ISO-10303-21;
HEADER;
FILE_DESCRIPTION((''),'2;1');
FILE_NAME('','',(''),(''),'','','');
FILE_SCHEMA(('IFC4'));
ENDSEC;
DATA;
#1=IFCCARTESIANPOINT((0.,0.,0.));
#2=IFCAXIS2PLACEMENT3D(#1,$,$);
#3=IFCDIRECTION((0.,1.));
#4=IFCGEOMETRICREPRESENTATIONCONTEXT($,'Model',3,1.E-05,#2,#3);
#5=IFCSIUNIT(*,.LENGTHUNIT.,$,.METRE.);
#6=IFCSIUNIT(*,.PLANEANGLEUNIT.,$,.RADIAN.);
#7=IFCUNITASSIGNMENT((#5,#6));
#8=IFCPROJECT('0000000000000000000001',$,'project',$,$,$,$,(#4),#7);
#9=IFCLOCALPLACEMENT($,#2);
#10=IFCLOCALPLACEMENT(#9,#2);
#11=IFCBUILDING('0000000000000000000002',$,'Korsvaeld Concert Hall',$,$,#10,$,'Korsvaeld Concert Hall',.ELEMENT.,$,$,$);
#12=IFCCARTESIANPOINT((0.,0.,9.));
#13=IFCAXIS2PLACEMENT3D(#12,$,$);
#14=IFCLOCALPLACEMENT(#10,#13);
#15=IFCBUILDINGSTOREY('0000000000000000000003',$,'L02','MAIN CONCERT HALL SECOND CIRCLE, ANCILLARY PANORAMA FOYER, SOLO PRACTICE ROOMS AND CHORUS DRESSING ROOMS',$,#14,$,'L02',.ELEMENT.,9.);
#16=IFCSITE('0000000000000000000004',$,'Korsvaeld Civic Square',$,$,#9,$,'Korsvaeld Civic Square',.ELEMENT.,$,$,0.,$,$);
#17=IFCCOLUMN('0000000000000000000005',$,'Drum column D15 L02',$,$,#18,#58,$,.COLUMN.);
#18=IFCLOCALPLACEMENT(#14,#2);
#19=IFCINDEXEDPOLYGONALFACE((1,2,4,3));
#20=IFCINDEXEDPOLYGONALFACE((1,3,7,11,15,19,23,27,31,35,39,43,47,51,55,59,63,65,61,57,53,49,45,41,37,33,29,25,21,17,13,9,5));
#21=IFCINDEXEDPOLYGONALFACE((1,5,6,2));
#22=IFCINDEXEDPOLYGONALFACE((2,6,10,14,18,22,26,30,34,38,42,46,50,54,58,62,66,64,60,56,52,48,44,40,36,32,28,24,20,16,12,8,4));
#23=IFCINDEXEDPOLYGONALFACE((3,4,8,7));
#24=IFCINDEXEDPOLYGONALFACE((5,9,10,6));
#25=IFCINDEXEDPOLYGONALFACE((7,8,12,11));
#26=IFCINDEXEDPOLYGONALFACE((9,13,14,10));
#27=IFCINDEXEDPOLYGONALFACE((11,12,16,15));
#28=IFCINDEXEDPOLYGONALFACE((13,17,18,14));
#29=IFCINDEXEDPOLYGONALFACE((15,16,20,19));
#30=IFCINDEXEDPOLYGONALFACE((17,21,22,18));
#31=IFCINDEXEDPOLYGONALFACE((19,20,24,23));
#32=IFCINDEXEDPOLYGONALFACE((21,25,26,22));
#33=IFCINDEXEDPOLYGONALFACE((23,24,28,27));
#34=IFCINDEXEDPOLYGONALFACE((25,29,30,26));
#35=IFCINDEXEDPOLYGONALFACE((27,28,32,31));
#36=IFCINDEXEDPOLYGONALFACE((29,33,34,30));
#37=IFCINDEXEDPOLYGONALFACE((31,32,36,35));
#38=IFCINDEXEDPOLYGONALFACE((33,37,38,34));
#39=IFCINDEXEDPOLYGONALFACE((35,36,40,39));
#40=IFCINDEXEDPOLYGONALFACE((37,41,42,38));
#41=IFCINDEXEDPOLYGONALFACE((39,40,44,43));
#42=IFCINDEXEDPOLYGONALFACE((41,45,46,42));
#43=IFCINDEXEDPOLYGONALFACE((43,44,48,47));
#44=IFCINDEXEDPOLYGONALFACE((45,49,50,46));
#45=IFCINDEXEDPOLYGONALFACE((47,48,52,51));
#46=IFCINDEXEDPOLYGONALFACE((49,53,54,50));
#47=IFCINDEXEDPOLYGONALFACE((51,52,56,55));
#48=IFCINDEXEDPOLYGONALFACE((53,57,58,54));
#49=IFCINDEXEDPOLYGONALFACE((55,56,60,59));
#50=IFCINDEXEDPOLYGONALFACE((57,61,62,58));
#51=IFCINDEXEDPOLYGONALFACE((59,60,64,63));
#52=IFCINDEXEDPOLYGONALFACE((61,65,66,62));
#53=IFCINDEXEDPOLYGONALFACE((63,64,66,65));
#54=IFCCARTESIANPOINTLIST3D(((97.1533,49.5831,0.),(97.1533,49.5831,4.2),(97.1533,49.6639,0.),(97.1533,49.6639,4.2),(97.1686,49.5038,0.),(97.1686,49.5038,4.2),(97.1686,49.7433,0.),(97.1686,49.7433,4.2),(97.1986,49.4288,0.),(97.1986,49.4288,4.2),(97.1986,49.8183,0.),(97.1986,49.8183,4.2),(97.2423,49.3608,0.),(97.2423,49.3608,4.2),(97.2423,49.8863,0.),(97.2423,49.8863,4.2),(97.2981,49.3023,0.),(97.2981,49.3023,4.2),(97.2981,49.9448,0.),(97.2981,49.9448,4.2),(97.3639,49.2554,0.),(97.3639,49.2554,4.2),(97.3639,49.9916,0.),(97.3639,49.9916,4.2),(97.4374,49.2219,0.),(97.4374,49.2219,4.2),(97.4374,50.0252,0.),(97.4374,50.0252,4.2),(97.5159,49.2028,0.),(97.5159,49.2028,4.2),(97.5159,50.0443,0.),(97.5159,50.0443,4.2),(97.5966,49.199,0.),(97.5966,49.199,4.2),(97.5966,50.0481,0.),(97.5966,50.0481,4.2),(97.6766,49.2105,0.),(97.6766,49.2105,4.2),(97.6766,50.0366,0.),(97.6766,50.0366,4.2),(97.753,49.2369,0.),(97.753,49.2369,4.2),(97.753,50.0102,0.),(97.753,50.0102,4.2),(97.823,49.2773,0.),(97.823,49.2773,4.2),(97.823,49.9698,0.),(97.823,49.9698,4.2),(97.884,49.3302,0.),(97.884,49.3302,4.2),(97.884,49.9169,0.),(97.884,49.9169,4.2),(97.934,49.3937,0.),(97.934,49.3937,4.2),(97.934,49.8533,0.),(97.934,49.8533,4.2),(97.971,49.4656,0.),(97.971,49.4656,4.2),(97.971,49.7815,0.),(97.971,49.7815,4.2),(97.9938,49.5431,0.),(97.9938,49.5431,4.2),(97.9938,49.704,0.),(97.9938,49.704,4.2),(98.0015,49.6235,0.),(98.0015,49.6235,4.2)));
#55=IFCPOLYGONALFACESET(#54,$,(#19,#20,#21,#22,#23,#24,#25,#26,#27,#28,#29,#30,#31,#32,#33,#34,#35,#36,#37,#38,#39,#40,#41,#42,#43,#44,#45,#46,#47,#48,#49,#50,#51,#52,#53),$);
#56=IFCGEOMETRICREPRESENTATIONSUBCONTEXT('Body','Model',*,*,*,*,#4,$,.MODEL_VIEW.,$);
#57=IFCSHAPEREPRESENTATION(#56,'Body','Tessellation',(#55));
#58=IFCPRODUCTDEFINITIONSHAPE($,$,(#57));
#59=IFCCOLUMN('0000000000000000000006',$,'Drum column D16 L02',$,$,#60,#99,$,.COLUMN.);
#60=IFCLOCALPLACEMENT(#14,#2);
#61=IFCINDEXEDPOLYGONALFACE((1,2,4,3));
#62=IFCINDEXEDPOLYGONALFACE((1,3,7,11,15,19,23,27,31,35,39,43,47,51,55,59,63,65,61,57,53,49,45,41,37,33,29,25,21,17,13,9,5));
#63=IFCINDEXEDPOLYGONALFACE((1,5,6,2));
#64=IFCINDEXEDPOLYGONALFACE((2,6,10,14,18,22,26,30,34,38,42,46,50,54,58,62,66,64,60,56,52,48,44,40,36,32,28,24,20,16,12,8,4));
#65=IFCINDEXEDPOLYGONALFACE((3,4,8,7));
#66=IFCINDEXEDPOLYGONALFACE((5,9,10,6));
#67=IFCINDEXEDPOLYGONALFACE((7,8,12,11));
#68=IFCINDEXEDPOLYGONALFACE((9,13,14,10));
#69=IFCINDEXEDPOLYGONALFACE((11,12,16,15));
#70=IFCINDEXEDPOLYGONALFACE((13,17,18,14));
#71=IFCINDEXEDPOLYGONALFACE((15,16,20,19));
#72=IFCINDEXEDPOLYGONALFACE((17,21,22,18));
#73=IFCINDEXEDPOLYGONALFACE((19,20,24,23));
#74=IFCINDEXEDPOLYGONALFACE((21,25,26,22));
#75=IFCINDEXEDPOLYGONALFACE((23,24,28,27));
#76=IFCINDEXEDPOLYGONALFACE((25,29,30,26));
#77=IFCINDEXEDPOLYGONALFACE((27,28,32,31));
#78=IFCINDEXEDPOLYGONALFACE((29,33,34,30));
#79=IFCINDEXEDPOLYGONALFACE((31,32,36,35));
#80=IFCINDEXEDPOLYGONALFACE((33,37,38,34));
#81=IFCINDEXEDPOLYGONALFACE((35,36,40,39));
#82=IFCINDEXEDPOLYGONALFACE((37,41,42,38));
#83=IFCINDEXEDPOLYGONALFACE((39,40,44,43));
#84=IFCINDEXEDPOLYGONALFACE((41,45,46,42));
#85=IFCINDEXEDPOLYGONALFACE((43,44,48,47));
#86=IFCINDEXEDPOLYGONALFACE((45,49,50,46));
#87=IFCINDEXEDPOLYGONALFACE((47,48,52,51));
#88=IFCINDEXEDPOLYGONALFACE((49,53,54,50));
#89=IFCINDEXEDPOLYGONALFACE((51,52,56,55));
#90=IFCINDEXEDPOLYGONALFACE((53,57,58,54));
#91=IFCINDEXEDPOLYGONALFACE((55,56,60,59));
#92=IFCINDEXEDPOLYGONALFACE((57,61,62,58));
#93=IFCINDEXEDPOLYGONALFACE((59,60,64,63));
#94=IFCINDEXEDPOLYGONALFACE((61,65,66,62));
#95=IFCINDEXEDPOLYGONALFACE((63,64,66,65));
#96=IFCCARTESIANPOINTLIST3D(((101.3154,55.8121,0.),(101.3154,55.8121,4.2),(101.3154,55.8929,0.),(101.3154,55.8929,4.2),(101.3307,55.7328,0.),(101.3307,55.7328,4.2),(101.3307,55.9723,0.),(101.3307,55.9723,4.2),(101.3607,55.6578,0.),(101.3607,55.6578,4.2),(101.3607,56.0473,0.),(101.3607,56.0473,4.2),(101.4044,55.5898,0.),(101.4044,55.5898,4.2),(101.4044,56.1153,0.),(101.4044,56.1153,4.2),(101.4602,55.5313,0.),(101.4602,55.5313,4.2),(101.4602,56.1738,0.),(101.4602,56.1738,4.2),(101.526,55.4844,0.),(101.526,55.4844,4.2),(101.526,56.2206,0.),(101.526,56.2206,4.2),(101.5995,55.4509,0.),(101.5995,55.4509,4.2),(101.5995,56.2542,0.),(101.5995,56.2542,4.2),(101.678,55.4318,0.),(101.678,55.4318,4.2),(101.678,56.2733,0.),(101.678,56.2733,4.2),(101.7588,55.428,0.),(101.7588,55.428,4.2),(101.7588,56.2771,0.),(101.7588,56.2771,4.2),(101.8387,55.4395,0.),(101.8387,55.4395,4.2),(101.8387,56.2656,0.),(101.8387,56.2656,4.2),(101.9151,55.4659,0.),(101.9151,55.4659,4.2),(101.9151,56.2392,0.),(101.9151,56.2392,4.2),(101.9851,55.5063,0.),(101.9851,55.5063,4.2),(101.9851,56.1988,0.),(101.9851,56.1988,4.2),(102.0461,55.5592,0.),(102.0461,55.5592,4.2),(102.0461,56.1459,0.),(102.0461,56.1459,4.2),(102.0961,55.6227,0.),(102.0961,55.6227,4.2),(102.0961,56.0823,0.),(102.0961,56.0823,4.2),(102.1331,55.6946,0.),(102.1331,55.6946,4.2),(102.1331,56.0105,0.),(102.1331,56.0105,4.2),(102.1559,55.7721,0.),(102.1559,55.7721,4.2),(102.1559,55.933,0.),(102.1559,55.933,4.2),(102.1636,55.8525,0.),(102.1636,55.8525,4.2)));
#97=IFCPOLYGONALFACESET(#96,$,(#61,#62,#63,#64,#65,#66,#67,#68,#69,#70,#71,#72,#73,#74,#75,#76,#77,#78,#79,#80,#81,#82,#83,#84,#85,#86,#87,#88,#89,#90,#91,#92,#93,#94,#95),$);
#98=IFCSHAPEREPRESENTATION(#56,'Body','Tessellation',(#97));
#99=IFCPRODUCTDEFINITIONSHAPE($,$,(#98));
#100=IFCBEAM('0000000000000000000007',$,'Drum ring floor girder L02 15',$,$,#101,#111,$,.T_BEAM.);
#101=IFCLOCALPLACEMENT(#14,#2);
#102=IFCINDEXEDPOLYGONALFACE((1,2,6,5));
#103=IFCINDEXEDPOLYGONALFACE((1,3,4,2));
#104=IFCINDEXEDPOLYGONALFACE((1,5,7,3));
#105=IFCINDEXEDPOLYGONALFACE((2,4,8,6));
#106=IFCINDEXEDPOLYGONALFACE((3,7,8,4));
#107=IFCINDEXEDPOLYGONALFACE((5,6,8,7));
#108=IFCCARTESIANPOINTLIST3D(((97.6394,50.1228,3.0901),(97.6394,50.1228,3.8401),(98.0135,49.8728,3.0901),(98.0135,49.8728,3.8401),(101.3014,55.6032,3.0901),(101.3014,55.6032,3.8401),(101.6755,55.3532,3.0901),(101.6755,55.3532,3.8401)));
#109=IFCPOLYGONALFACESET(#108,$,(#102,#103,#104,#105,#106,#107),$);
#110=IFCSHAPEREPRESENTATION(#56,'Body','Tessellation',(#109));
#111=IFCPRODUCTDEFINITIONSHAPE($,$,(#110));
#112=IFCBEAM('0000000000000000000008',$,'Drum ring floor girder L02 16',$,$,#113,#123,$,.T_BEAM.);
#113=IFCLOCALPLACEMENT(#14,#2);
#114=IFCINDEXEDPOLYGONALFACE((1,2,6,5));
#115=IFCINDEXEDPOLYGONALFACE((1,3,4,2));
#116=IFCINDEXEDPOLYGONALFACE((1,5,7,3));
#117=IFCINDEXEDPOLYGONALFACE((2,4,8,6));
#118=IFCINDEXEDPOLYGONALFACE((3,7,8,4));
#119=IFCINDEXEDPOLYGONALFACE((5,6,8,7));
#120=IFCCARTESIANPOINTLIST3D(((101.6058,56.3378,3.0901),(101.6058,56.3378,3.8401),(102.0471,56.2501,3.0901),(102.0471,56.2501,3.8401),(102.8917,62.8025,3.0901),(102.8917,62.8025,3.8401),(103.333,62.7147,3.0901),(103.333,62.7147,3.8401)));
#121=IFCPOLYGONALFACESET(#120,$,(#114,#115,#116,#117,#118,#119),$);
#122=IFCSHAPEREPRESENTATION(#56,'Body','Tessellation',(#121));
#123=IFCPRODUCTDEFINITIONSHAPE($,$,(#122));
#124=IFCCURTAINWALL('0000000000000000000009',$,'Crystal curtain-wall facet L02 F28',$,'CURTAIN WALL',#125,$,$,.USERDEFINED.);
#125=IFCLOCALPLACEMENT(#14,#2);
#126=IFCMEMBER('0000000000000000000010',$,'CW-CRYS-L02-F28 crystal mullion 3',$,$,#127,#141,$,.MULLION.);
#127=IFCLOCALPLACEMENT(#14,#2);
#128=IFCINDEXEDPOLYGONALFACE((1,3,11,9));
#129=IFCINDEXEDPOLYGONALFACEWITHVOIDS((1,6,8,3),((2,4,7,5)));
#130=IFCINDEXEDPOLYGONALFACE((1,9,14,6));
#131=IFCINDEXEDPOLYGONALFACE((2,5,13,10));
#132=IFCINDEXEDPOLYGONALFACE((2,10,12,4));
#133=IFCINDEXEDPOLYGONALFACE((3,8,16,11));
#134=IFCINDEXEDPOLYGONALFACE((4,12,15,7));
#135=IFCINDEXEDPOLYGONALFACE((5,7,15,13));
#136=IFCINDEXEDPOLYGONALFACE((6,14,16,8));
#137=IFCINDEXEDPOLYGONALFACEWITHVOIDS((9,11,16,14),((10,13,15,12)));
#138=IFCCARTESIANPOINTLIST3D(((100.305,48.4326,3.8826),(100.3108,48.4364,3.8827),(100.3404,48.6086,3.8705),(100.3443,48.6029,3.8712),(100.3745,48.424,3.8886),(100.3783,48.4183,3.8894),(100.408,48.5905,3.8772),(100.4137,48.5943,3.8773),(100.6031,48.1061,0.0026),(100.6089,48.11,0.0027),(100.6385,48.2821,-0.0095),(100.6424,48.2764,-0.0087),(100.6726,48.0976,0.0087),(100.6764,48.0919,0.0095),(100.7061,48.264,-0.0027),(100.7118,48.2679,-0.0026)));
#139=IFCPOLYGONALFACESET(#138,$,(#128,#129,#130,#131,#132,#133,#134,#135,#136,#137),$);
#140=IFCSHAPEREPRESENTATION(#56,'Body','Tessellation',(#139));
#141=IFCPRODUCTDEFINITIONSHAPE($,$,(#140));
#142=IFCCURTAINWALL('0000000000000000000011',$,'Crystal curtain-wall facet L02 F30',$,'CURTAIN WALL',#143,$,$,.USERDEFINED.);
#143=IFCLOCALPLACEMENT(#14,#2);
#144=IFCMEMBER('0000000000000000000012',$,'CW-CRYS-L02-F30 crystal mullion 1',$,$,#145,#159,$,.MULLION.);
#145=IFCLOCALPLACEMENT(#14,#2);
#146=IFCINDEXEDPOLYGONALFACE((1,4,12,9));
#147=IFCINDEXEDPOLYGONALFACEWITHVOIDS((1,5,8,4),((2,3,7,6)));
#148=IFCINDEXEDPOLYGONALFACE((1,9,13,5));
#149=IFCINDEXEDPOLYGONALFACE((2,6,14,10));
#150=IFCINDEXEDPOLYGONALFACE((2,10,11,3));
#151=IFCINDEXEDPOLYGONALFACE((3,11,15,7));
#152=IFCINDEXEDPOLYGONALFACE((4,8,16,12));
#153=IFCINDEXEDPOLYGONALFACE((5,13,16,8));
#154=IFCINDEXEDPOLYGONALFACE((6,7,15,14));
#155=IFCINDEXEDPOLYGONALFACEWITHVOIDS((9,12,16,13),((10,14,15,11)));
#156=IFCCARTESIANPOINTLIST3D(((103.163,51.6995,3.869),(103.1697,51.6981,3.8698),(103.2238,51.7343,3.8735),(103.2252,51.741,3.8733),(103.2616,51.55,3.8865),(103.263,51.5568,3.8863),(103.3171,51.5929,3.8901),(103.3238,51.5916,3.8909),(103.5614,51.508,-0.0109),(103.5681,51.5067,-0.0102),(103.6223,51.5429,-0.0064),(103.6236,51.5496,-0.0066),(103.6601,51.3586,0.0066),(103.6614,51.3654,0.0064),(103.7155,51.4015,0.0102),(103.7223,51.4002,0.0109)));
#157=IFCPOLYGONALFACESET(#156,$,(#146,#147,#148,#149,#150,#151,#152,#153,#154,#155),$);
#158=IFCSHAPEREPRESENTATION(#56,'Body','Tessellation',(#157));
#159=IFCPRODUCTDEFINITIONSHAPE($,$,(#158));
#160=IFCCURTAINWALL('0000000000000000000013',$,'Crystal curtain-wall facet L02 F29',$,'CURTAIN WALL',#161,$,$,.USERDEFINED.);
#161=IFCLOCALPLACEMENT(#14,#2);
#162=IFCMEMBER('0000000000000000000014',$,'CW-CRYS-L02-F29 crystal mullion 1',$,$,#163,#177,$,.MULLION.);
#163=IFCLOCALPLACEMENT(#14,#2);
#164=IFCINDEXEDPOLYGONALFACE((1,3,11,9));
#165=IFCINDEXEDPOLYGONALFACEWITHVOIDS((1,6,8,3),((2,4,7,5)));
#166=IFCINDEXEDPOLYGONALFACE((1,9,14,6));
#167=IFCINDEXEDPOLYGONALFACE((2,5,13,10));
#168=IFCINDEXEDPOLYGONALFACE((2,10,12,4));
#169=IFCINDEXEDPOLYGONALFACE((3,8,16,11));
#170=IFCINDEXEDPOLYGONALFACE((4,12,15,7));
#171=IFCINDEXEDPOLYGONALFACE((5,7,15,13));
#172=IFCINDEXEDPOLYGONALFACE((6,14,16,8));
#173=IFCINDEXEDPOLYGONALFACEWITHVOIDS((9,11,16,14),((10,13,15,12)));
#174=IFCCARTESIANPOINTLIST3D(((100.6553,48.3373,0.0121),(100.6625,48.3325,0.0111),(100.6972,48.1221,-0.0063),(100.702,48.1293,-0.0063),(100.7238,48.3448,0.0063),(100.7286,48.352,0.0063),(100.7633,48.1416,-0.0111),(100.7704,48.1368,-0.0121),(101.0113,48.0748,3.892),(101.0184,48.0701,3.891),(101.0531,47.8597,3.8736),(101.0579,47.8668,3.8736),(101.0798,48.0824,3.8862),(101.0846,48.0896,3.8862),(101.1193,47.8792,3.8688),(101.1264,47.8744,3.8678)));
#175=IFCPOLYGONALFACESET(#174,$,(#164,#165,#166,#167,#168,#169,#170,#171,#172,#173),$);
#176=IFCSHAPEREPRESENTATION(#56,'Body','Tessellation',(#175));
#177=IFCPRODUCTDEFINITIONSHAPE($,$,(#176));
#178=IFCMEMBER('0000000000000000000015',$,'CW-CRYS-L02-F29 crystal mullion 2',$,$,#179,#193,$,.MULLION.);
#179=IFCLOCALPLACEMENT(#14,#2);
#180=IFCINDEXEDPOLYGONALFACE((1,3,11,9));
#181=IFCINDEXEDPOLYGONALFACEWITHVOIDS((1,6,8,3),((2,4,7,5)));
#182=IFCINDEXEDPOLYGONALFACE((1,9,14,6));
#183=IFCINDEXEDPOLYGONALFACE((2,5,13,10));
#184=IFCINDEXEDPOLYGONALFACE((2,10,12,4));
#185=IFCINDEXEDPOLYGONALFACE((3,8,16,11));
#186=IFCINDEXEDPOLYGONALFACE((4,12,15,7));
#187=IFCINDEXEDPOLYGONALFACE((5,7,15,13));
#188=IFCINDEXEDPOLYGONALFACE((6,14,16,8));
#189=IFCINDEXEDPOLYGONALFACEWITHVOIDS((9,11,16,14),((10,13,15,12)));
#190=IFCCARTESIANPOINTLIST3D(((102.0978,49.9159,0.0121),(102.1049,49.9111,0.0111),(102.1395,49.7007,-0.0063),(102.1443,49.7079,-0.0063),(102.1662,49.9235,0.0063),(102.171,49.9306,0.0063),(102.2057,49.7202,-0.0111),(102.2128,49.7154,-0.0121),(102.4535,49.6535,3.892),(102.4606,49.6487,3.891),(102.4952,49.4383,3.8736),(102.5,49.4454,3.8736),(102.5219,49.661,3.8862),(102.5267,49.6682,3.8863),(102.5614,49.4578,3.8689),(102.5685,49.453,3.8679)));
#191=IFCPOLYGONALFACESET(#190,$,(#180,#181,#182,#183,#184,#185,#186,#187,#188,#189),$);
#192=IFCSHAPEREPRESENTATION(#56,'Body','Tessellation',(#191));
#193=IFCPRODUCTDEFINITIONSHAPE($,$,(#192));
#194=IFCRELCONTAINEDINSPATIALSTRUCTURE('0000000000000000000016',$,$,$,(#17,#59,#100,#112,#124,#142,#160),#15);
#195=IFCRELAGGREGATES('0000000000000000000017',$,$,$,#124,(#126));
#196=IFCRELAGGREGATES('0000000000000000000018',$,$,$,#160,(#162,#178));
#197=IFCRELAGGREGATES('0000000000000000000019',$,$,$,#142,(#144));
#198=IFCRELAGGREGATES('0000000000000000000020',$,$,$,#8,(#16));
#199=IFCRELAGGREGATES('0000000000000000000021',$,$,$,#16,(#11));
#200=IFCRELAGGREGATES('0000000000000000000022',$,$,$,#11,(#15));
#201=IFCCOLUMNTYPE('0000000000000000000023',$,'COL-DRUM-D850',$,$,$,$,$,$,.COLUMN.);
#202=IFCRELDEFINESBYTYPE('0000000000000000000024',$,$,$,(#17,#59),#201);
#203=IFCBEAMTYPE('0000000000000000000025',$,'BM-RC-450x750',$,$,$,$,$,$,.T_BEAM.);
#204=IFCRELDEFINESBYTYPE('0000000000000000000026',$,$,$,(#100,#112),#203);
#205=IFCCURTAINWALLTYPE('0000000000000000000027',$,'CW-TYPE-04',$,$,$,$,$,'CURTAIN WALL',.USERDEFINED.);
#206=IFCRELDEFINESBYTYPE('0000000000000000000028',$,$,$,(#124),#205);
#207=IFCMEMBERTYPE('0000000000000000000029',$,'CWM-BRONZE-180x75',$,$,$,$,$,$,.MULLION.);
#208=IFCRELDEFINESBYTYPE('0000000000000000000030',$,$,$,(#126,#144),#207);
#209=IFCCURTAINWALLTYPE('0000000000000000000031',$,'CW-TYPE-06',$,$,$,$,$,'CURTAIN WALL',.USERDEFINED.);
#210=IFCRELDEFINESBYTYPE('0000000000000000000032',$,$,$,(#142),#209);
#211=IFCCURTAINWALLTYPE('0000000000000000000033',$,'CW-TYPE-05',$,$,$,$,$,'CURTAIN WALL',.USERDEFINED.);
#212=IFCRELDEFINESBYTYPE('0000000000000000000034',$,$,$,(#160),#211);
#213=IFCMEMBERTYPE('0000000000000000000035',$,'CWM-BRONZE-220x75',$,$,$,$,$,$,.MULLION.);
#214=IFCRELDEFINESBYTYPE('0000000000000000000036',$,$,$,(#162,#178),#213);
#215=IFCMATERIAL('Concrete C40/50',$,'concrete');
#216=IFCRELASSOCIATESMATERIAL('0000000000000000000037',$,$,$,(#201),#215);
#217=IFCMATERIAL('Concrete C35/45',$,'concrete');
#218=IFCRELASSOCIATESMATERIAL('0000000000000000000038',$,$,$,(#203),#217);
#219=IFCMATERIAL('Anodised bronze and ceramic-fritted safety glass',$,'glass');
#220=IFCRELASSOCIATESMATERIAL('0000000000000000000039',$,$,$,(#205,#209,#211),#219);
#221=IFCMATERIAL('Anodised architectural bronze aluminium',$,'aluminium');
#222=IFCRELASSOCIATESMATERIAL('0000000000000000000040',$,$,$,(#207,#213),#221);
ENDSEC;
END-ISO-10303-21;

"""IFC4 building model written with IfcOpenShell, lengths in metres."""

from ifc_helpers import new_model, si_unit, direction, frame, origin, origin_2d, place, context, subcontext, project, spatial, rectangle, hollow_rectangle, circle, extrude, material, material_profile, profile_set, type_object, element, aggregate, save


model = new_model("IFC4")

# Units and contexts
model_context = context("Model", 3, precision=1e-05, world=origin(), true_north=direction((0.0, 1.0)))
body_context = subcontext(model_context, "Body", "Model", "MODEL_VIEW")
ifc_project = project(units=[si_unit("LENGTHUNIT", "METRE"), si_unit("PLANEANGLEUNIT", "RADIAN")], contexts=[model_context])

# Site, building, storey
site_placement = place(None, origin())
site = spatial("IfcSite", under=ifc_project, at=site_placement, Name="Korsvaeld Civic Square", LongName="Korsvaeld Civic Square", CompositionType="ELEMENT", RefElevation=0.0)
building_placement = place(site_placement, origin())
building = spatial("IfcBuilding", under=site, at=building_placement, Name="Korsvaeld Concert Hall", LongName="Korsvaeld Concert Hall", CompositionType="ELEMENT")
storey_placement = place(building_placement, frame((0.0, 0.0, 9.0)))
storey = spatial("IfcBuildingStorey", under=building, at=storey_placement, Name="L02", Description="MAIN CONCERT HALL SECOND CIRCLE, ANCILLARY PANORAMA FOYER, SOLO PRACTICE ROOMS AND CHORUS DRESSING ROOMS", LongName="L02", CompositionType="ELEMENT", Elevation=9.0)

# Columns
ifc_material_1 = material(Name="Concrete C40/50", Category="concrete")
ifc_material_profile_1 = material_profile(ifc_material_1, circle(Radius=0.425, at=origin_2d()), Name="RC D850")
ifc_profile_set_1 = profile_set([ifc_material_profile_1], Name="Concrete C40/50")
column_type = type_object("IfcColumnType", Name="COL-DRUM-D850", PredefinedType="COLUMN", material=ifc_profile_set_1)
for number, where, z_axis, x_axis, name in (
    (1, (97.5764, 49.6235, 0.0), (0.0, 0.0, 1.0), (1.0, 0.0, 0.0), "Drum column D15 L02"),
    (2, (101.7385, 55.8525, 0.0), (0.0, 0.0, 1.0), (1.0, 0.0, 0.0), "Drum column D16 L02"),
):
    element("IfcColumn", number, at=place(storey_placement, frame(where, z_axis=z_axis, x_axis=x_axis)), inside=storey, type_object=column_type, Name=name, PredefinedType="COLUMN", context=body_context, shape_type="SweptSolid", body=[
        extrude(circle(Radius=0.425, at=origin_2d()), origin(), (0.0, 0.0, 1.0), 4.2),
    ])

# Beams
ifc_material_2 = material(Name="Concrete C35/45", Category="concrete")
ifc_material_profile_2 = material_profile(ifc_material_2, rectangle(XDim=0.45, YDim=0.75, at=origin_2d()), Name="RC 450x750")
ifc_profile_set_2 = profile_set([ifc_material_profile_2], Name="Concrete C35/45")
beam_type = type_object("IfcBeamType", Name="BM-RC-450x750", PredefinedType="T_BEAM", material=ifc_profile_set_2)
for number, where, z_axis, x_axis, name in (
    (3, (97.8264, 49.9978, 3.4651), (0.555589, 0.831457, 0.0), (-0.831457, 0.555589, 0.0), "Drum ring floor girder L02 15"),
    (4, (101.8264, 56.2939, 3.4651), (0.19509, 0.980785, 0.0), (-0.980785, 0.19509, 0.0), "Drum ring floor girder L02 16"),
):
    element("IfcBeam", number, at=place(storey_placement, frame(where, z_axis=z_axis, x_axis=x_axis)), inside=storey, type_object=beam_type, Name=name, PredefinedType="T_BEAM", context=body_context, shape_type="SweptSolid", body=[
        extrude(rectangle(XDim=0.45, YDim=0.75, at=origin_2d()), origin(), (0.0, 0.0, 1.0), 6.5913),
    ])

# Curtain walls, members
ifc_material_3 = material(Name="Anodised bronze and ceramic-fritted safety glass", Category="glass")
curtain_wall_type_1 = type_object("IfcCurtainWallType", Name="CW-TYPE-04", ElementType="CURTAIN WALL", PredefinedType="USERDEFINED", material=ifc_material_3)
curtain_wall_1_placement = place(storey_placement, origin())
curtain_wall_1 = element("IfcCurtainWall", 5, at=curtain_wall_1_placement, inside=storey, type_object=curtain_wall_type_1, Name="Crystal curtain-wall facet L02 F28", ObjectType="CURTAIN WALL", PredefinedType="USERDEFINED")
ifc_material_4 = material(Name="Anodised architectural bronze aluminium", Category="aluminium")
ifc_material_profile_3 = material_profile(ifc_material_4, hollow_rectangle(XDim=0.075, YDim=0.1799, WallThickness=0.0049, at=origin_2d()), Name="CWM 180x75x5")
ifc_profile_set_3 = profile_set([ifc_material_profile_3], Name="Anodised architectural bronze aluminium")
member_type_1 = type_object("IfcMemberType", Name="CWM-BRONZE-180x75", PredefinedType="MULLION", material=ifc_profile_set_3)
member_1_placement = place(storey_placement, frame((100.6575, 48.187, 0.0), z_axis=(-0.076337, 0.08359, 0.993572), x_axis=(0.977475, -0.190372, 0.091116)))
member_1 = element("IfcMember", 6, at=member_1_placement, type_object=member_type_1, Name="CW-CRYS-L02-F28 crystal mullion 3", PredefinedType="MULLION", context=body_context, shape_type="SweptSolid", body=[
    extrude(hollow_rectangle(XDim=0.075, YDim=0.1799, WallThickness=0.0049, at=origin_2d()), origin(), (0.0, 0.0, 1.0), 3.905),
])
aggregate(curtain_wall_1, [member_1])
curtain_wall_type_2 = type_object("IfcCurtainWallType", Name="CW-TYPE-06", ElementType="CURTAIN WALL", PredefinedType="USERDEFINED", material=ifc_material_3)
curtain_wall_2_placement = place(storey_placement, origin())
curtain_wall_2 = element("IfcCurtainWall", 7, at=curtain_wall_2_placement, inside=storey, type_object=curtain_wall_type_2, Name="Crystal curtain-wall facet L02 F30", ObjectType="CURTAIN WALL", PredefinedType="USERDEFINED")
member_2_placement = place(storey_placement, frame((103.6418, 51.4541, 0.0), z_axis=(-0.102033, 0.049016, 0.993573), x_axis=(0.830086, 0.554624, 0.057883)))
member_2 = element("IfcMember", 8, at=member_2_placement, type_object=member_type_1, Name="CW-CRYS-L02-F30 crystal mullion 1", PredefinedType="MULLION", context=body_context, shape_type="SweptSolid", body=[
    extrude(hollow_rectangle(XDim=0.075, YDim=0.1799, WallThickness=0.0049, at=origin_2d()), origin(), (0.0, 0.0, 1.0), 3.905),
])

# Curtain wall, members
curtain_wall_type_3 = type_object("IfcCurtainWallType", Name="CW-TYPE-05", ElementType="CURTAIN WALL", PredefinedType="USERDEFINED", material=ifc_material_3)
curtain_wall_3_placement = place(storey_placement, origin())
curtain_wall_3 = element("IfcCurtainWall", 9, at=curtain_wall_3_placement, inside=storey, type_object=curtain_wall_type_3, Name="Crystal curtain-wall facet L02 F29", ObjectType="CURTAIN WALL", PredefinedType="USERDEFINED")
ifc_material_profile_4 = material_profile(ifc_material_4, hollow_rectangle(XDim=0.075, YDim=0.22, WallThickness=0.0061, at=origin_2d()), Name="CWM 220x75x6")
ifc_profile_set_4 = profile_set([ifc_material_profile_4], Name="Anodised architectural bronze aluminium")
member_type_2 = type_object("IfcMemberType", Name="CWM-BRONZE-220x75", PredefinedType="MULLION", material=ifc_profile_set_4)
member_3_placement = place(storey_placement, frame((100.7129, 48.2371, 0.0), z_axis=(0.091154, -0.067209, 0.993566), x_axis=(-0.977518, -0.196531, 0.076388)))
member_3 = element("IfcMember", 10, at=member_3_placement, type_object=member_type_2, Name="CW-CRYS-L02-F29 crystal mullion 1", PredefinedType="MULLION", context=body_context, shape_type="SweptSolid", body=[
    extrude(hollow_rectangle(XDim=0.075, YDim=0.22, WallThickness=0.0061, at=origin_2d()), origin(), (0.0, 0.0, 1.0), 3.905),
])
member_4_placement = place(storey_placement, frame((102.1553, 49.8157, 0.0), z_axis=(0.091092, -0.067209, 0.993572), x_axis=(-0.977585, -0.196208, 0.076354)))
member_4 = element("IfcMember", 11, at=member_4_placement, type_object=member_type_2, Name="CW-CRYS-L02-F29 crystal mullion 2", PredefinedType="MULLION", context=body_context, shape_type="SweptSolid", body=[
    extrude(hollow_rectangle(XDim=0.075, YDim=0.22, WallThickness=0.0061, at=origin_2d()), origin(), (0.0, 0.0, 1.0), 3.905),
])

aggregate(curtain_wall_3, [member_3, member_4])
aggregate(curtain_wall_2, [member_2])

save(model, "model.ifc")
